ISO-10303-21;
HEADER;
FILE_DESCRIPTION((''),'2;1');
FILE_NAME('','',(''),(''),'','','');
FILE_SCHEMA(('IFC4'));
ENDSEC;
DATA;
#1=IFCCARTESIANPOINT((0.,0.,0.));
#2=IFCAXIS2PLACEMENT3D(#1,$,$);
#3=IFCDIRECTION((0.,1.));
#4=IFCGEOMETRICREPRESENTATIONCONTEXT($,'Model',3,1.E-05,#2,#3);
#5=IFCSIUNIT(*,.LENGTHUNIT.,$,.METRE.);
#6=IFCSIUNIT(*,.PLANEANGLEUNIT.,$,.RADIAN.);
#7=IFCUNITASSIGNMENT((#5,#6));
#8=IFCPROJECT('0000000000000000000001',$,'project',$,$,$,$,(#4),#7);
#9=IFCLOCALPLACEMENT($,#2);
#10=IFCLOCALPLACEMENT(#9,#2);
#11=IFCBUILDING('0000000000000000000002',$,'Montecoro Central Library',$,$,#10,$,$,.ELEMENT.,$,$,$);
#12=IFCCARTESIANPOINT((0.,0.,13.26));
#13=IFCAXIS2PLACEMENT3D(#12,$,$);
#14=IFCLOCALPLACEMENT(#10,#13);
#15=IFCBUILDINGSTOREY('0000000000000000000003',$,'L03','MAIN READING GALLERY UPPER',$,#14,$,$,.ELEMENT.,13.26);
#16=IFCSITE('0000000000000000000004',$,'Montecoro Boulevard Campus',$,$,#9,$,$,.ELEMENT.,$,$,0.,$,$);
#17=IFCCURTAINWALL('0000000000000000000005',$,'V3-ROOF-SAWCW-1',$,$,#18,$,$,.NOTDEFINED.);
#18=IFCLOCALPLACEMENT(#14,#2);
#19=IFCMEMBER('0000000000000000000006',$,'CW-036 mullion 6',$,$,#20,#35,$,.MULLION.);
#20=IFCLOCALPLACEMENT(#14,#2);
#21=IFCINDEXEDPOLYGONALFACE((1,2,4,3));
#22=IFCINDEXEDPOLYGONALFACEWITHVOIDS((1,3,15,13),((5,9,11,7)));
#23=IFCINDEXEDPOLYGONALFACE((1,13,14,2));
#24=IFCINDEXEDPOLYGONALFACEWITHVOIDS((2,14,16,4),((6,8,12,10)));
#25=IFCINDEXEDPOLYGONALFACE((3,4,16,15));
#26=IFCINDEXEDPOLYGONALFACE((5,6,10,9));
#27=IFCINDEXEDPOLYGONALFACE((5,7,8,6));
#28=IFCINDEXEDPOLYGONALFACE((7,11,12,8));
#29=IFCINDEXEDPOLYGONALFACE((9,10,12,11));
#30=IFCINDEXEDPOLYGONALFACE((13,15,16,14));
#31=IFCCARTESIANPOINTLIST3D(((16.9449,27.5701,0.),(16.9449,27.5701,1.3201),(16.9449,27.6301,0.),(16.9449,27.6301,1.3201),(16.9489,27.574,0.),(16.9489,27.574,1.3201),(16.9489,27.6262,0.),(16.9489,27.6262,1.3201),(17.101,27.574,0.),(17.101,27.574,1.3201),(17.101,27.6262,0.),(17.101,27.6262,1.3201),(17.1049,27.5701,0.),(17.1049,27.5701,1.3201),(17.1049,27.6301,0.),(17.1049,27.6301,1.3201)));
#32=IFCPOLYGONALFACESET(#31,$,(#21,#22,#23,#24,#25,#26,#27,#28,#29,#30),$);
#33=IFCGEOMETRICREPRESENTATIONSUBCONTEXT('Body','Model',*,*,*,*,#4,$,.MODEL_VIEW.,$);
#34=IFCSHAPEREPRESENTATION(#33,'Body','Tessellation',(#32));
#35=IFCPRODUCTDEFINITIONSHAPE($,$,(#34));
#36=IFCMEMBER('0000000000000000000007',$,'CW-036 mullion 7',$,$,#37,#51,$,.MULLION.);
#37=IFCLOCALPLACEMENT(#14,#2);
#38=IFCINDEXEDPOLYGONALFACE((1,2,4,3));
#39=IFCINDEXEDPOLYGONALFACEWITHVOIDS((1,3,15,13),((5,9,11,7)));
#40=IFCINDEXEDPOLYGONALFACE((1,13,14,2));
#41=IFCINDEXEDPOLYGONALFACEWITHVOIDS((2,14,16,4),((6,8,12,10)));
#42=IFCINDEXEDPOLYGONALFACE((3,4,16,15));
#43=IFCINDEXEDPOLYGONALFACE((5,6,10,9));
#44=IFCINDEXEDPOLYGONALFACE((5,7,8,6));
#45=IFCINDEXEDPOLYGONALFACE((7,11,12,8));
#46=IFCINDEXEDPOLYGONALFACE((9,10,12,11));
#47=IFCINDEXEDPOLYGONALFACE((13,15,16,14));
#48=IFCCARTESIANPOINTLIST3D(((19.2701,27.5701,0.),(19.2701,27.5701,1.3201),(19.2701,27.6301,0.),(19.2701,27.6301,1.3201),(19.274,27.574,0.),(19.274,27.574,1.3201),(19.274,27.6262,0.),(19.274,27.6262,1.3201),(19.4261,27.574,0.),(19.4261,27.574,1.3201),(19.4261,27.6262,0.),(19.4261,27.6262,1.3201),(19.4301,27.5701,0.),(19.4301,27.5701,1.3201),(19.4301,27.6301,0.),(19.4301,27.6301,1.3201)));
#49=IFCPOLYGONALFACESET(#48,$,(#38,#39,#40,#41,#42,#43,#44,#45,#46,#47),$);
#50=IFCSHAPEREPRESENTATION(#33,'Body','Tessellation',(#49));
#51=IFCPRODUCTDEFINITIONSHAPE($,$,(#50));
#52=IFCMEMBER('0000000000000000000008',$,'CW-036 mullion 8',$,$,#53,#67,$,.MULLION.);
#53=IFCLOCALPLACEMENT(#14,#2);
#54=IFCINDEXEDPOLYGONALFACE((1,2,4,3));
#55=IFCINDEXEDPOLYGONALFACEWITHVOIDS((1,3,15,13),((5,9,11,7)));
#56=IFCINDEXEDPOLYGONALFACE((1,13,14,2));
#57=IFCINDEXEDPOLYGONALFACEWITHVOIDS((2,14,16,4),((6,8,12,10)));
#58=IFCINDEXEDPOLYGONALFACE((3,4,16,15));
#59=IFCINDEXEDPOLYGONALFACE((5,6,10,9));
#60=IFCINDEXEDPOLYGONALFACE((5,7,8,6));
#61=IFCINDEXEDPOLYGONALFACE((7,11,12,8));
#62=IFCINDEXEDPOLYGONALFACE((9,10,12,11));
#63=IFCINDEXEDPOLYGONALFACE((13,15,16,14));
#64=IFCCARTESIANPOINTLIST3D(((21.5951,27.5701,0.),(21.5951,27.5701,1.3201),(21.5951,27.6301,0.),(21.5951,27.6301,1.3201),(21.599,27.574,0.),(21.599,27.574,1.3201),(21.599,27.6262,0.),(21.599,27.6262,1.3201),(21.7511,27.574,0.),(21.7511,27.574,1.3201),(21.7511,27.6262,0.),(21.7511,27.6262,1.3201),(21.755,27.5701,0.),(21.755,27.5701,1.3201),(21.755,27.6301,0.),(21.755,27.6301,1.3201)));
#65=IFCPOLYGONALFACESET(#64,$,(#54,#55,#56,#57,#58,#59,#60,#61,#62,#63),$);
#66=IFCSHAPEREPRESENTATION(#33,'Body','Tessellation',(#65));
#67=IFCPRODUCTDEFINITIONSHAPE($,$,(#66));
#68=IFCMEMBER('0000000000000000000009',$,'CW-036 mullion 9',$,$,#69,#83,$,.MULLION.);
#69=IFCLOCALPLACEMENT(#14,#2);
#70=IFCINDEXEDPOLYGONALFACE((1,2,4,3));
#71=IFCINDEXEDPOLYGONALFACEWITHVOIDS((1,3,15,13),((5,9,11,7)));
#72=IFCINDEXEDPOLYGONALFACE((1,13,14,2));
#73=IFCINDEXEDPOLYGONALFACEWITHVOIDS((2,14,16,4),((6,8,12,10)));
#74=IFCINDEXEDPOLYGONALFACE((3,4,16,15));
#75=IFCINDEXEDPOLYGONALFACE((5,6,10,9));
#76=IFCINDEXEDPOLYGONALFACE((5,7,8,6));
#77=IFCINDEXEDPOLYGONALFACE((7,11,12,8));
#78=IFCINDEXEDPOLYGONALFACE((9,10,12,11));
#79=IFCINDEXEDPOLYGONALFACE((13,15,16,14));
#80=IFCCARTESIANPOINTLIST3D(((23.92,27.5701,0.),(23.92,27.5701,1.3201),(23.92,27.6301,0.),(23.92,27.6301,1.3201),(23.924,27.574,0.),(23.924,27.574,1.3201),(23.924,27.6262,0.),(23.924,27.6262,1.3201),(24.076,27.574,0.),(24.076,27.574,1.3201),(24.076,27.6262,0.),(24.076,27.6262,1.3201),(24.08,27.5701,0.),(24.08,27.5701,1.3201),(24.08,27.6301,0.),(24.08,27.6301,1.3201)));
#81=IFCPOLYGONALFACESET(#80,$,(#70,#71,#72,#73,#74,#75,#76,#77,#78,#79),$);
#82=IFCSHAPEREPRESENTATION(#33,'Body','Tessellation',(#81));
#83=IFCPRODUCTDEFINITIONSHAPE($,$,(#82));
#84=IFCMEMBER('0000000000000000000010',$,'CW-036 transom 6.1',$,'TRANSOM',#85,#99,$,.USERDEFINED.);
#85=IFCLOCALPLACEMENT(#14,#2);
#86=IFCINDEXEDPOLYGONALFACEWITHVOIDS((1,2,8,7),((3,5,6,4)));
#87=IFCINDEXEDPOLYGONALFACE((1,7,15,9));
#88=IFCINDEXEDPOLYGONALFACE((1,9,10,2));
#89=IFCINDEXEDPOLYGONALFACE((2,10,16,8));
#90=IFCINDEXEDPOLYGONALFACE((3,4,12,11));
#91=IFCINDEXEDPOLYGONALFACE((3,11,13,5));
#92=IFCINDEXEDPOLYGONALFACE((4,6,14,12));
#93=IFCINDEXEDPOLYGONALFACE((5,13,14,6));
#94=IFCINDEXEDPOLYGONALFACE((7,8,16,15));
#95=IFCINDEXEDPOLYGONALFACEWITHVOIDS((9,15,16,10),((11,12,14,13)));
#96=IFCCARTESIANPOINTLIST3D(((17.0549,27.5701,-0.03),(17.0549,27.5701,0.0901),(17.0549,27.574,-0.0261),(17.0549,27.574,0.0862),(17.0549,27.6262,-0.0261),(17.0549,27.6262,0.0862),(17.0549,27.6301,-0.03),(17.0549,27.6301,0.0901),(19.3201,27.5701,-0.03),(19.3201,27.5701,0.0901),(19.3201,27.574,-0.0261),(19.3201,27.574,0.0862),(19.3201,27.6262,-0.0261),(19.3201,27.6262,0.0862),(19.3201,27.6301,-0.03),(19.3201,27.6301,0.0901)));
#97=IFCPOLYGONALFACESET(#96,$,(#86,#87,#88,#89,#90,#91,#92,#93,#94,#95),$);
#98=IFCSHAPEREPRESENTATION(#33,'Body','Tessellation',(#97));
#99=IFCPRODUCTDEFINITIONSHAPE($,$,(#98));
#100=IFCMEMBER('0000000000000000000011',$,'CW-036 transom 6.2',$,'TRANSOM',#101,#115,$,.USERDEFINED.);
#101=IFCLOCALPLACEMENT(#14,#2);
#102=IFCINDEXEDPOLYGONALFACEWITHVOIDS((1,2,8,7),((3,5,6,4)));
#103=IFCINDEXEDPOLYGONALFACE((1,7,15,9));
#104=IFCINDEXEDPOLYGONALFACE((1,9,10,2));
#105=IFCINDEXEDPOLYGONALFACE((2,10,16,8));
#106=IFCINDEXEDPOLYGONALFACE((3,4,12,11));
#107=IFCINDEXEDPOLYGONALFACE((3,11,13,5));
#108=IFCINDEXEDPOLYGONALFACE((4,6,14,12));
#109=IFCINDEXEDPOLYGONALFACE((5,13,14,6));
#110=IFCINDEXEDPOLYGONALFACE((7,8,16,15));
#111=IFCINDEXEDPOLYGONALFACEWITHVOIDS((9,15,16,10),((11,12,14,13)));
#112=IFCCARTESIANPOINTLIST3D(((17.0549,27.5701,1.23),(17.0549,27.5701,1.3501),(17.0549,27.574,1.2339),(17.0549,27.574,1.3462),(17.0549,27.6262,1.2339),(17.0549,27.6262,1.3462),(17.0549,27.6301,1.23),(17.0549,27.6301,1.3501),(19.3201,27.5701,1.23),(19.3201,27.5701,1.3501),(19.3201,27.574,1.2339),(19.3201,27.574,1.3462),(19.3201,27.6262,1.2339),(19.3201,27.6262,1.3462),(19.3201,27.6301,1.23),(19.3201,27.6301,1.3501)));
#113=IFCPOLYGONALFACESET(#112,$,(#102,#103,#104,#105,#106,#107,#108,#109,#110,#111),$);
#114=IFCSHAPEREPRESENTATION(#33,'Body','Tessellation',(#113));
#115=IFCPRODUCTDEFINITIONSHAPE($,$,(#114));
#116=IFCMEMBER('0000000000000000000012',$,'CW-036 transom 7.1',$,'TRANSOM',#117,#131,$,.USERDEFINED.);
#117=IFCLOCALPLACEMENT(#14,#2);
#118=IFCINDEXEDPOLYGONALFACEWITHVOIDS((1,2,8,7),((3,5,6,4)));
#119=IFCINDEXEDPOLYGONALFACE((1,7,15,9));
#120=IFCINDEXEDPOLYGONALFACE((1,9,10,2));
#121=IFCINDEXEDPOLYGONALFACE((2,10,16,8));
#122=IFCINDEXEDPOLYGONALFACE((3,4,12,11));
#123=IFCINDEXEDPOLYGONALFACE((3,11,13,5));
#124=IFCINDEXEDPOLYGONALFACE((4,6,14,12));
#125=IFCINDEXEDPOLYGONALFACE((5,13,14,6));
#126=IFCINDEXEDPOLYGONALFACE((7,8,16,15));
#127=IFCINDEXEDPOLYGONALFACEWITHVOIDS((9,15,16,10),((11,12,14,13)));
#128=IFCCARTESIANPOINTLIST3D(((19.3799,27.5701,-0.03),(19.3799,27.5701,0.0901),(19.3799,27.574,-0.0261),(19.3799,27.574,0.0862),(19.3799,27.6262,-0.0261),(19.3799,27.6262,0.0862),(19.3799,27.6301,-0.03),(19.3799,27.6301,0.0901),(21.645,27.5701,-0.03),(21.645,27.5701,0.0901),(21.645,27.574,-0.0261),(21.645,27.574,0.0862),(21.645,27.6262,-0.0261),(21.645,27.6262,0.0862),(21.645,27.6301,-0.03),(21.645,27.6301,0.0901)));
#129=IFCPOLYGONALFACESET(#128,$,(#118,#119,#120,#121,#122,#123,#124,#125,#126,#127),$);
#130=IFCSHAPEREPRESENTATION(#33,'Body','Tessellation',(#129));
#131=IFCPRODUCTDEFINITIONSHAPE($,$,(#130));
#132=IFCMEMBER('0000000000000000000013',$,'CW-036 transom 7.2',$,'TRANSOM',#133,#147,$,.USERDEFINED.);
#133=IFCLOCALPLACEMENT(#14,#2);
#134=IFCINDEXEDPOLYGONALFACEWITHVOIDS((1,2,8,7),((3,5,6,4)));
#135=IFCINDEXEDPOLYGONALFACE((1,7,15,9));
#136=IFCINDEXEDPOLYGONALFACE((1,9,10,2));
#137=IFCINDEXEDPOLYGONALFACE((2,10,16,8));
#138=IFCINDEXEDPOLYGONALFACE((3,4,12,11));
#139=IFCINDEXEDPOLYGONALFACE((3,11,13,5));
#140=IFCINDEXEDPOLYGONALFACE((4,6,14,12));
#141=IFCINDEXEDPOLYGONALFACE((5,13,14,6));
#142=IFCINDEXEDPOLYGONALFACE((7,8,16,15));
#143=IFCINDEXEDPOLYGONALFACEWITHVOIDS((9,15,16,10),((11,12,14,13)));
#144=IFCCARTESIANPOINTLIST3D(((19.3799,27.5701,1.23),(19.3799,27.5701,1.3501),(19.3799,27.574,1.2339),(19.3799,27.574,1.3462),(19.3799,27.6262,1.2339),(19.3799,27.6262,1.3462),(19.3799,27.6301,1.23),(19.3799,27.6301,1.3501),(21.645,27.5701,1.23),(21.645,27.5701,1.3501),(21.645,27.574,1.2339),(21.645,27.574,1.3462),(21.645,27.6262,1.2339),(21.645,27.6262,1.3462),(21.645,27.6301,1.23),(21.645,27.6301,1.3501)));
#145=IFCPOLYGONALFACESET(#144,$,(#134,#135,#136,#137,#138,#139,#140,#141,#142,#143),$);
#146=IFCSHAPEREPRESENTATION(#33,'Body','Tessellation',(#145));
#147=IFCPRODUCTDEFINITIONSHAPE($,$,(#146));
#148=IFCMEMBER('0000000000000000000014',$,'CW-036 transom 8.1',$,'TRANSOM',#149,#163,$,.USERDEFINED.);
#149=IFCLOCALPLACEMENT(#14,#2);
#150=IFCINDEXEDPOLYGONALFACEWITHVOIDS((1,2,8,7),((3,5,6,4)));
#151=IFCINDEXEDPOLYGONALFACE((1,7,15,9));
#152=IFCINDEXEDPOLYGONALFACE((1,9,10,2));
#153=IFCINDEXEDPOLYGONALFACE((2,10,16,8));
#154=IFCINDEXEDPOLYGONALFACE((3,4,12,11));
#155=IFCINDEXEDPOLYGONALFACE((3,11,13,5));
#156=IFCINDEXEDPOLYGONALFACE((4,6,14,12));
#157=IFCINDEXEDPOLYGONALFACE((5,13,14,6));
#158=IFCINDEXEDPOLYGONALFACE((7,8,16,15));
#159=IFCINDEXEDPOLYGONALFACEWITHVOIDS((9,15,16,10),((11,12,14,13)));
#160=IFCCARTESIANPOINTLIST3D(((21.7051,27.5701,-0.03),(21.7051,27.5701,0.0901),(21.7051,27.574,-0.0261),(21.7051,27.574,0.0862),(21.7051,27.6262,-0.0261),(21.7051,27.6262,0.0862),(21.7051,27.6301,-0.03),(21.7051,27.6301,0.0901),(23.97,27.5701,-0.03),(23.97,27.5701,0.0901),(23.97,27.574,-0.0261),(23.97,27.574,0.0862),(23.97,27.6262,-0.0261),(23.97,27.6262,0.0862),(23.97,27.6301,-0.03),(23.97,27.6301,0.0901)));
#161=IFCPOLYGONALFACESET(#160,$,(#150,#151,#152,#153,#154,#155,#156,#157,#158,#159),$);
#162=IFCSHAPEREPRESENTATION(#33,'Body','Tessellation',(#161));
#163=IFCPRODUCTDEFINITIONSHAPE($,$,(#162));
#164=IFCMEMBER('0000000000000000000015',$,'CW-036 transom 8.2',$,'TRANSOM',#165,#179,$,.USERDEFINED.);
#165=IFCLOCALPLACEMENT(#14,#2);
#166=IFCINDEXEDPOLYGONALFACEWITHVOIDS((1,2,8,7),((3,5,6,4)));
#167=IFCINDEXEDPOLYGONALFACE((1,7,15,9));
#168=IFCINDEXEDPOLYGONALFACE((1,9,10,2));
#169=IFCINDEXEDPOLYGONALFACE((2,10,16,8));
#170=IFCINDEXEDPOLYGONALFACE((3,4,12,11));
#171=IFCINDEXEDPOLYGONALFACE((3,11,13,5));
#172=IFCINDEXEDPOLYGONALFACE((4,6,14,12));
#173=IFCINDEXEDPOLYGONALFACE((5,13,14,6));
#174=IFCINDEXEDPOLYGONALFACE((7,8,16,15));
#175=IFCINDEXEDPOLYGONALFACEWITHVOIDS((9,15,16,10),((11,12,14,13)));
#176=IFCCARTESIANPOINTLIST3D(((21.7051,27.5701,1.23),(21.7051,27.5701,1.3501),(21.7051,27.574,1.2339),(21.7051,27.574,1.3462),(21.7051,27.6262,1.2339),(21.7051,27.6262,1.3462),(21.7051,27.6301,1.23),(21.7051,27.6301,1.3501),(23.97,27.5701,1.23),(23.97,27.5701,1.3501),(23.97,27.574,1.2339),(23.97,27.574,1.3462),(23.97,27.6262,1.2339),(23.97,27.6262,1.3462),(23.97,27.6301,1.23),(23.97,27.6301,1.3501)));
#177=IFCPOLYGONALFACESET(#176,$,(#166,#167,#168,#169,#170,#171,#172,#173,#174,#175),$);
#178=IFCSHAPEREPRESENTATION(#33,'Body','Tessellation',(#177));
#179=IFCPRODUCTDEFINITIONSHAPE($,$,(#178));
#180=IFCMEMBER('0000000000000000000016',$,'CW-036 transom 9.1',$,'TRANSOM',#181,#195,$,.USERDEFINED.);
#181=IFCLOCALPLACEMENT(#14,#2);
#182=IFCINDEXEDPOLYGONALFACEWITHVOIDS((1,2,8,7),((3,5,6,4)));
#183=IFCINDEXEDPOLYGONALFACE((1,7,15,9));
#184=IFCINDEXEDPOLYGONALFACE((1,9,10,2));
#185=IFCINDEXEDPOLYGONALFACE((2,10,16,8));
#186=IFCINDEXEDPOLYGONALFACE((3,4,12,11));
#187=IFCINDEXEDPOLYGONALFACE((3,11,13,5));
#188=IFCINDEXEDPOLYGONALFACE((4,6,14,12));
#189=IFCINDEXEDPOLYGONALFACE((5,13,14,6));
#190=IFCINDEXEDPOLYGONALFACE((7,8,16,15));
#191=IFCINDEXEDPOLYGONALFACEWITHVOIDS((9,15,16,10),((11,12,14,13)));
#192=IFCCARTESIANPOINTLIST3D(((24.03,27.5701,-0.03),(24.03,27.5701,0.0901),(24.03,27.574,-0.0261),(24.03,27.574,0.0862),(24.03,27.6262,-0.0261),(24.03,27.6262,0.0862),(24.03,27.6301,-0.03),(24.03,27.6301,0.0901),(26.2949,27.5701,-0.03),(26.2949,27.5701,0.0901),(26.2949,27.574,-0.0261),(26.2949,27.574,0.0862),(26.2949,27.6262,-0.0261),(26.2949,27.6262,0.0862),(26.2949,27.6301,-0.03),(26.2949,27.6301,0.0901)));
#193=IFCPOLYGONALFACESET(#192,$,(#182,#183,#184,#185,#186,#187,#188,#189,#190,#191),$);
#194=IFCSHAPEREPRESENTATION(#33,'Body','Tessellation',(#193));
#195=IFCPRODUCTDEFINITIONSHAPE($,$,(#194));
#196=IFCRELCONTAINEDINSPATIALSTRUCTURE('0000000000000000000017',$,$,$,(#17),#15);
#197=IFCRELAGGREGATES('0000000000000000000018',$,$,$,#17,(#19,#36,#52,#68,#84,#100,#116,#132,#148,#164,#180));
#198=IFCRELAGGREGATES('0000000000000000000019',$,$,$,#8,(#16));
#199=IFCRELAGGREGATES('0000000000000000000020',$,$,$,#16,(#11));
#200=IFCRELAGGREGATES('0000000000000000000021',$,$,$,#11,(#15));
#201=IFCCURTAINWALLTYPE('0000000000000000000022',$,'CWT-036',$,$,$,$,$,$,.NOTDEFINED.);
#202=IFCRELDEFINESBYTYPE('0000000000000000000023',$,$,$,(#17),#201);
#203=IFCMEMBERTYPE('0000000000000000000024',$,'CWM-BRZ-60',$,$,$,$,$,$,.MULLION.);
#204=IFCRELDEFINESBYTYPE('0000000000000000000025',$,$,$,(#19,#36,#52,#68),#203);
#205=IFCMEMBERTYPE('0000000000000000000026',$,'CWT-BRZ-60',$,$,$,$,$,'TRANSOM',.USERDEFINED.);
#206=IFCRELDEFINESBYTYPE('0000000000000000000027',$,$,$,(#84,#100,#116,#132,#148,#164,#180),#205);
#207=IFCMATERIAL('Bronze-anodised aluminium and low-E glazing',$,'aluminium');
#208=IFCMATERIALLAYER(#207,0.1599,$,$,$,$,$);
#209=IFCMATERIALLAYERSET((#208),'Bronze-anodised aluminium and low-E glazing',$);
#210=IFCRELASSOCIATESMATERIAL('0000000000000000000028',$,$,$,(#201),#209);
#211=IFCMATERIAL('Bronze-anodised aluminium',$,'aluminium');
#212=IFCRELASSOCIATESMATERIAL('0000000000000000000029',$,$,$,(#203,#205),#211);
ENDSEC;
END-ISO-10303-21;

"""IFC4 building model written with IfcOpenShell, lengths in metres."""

from ifc_helpers import new_model, si_unit, direction, frame, origin, origin_2d, place, context, subcontext, project, spatial, hollow_rectangle, extrude, material, layer, layer_set, material_profile, profile_set, type_object, element, aggregate, save


model = new_model("IFC4")

# Units and contexts
model_context = context("Model", 3, precision=1e-05, world=origin(), true_north=direction((0.0, 1.0)))
body_context = subcontext(model_context, "Body", "Model", "MODEL_VIEW")
ifc_project = project(units=[si_unit("LENGTHUNIT", "METRE"), si_unit("PLANEANGLEUNIT", "RADIAN")], contexts=[model_context])

# Site, building, storey
site_placement = place(None, origin())
site = spatial("IfcSite", under=ifc_project, at=site_placement, Name="Montecoro Boulevard Campus", CompositionType="ELEMENT", RefElevation=0.0)
building_placement = place(site_placement, origin())
building = spatial("IfcBuilding", under=site, at=building_placement, Name="Montecoro Central Library", CompositionType="ELEMENT")
storey_placement = place(building_placement, frame((0.0, 0.0, 13.26)))
storey = spatial("IfcBuildingStorey", under=building, at=storey_placement, Name="L03", Description="MAIN READING GALLERY UPPER", CompositionType="ELEMENT", Elevation=13.26)

# Curtain wall, members
ifc_material_1 = material(Name="Bronze-anodised aluminium and low-E glazing", Category="aluminium")
ifc_layer_1 = layer(ifc_material_1, 0.1599)
ifc_layer_set_1 = layer_set([ifc_layer_1], Name="Bronze-anodised aluminium and low-E glazing")
curtain_wall_type = type_object("IfcCurtainWallType", Name="CWT-036", PredefinedType="NOTDEFINED", material=ifc_layer_set_1)
curtain_wall_placement = place(storey_placement, origin())
curtain_wall = element("IfcCurtainWall", 1, at=curtain_wall_placement, inside=storey, type_object=curtain_wall_type, Name="V3-ROOF-SAWCW-1", PredefinedType="NOTDEFINED")
ifc_material_2 = material(Name="Bronze-anodised aluminium", Category="aluminium")
ifc_material_profile_1 = material_profile(ifc_material_2, hollow_rectangle(XDim=0.0601, YDim=0.1599, WallThickness=0.0039, at=origin_2d()), Name="CWM 160x60x4.0")
ifc_profile_set_1 = profile_set([ifc_material_profile_1], Name="Bronze-anodised aluminium")
member_type_1 = type_object("IfcMemberType", Name="CWM-BRZ-60", PredefinedType="MULLION", material=ifc_profile_set_1)
member_1_placement = place(storey_placement, frame((17.0249, 27.6001, 0.0), z_axis=(0.0, 0.0, 1.0), x_axis=(0.0, 1.0, 0.0)))
member_1 = element("IfcMember", 2, at=member_1_placement, type_object=member_type_1, Name="CW-036 mullion 6", PredefinedType="MULLION", context=body_context, shape_type="SweptSolid", body=[
    extrude(hollow_rectangle(XDim=0.0601, YDim=0.1599, WallThickness=0.0039, at=origin_2d()), origin(), (0.0, 0.0, 1.0), 1.3201),
])
member_2_placement = place(storey_placement, frame((19.3501, 27.6001, 0.0), z_axis=(0.0, 0.0, 1.0), x_axis=(0.0, 1.0, 0.0)))
member_2 = element("IfcMember", 3, at=member_2_placement, type_object=member_type_1, Name="CW-036 mullion 7", PredefinedType="MULLION", context=body_context, shape_type="SweptSolid", body=[
    extrude(hollow_rectangle(XDim=0.0601, YDim=0.1599, WallThickness=0.0039, at=origin_2d()), origin(), (0.0, 0.0, 1.0), 1.3201),
])
member_3_placement = place(storey_placement, frame((21.675, 27.6001, 0.0), z_axis=(0.0, 0.0, 1.0), x_axis=(0.0, 1.0, 0.0)))
member_3 = element("IfcMember", 4, at=member_3_placement, type_object=member_type_1, Name="CW-036 mullion 8", PredefinedType="MULLION", context=body_context, shape_type="SweptSolid", body=[
    extrude(hollow_rectangle(XDim=0.0601, YDim=0.1599, WallThickness=0.0039, at=origin_2d()), origin(), (0.0, 0.0, 1.0), 1.3201),
])
member_4_placement = place(storey_placement, frame((24.0, 27.6001, 0.0), z_axis=(0.0, 0.0, 1.0), x_axis=(0.0, 1.0, 0.0)))
member_4 = element("IfcMember", 5, at=member_4_placement, type_object=member_type_1, Name="CW-036 mullion 9", PredefinedType="MULLION", context=body_context, shape_type="SweptSolid", body=[
    extrude(hollow_rectangle(XDim=0.0601, YDim=0.1599, WallThickness=0.0039, at=origin_2d()), origin(), (0.0, 0.0, 1.0), 1.3201),
])
ifc_material_profile_2 = material_profile(ifc_material_2, hollow_rectangle(XDim=0.0601, YDim=0.1201, WallThickness=0.0039, at=origin_2d()), Name="CWT 120x60x4.0")
ifc_profile_set_2 = profile_set([ifc_material_profile_2], Name="Bronze-anodised aluminium")
member_type_2 = type_object("IfcMemberType", Name="CWT-BRZ-60", ElementType="TRANSOM", PredefinedType="USERDEFINED", material=ifc_profile_set_2)
member_5_placement = place(storey_placement, frame((17.0549, 27.6001, 0.03), z_axis=(1.0, 0.0, 0.0), x_axis=(0.0, 1.0, 0.0)))
member_5 = element("IfcMember", 6, at=member_5_placement, type_object=member_type_2, Name="CW-036 transom 6.1", ObjectType="TRANSOM", PredefinedType="USERDEFINED", context=body_context, shape_type="SweptSolid", body=[
    extrude(hollow_rectangle(XDim=0.0601, YDim=0.1201, WallThickness=0.0039, at=origin_2d()), origin(), (0.0, 0.0, 1.0), 2.2651),
])
member_6_placement = place(storey_placement, frame((17.0549, 27.6001, 1.29), z_axis=(1.0, 0.0, 0.0), x_axis=(0.0, 1.0, 0.0)))
member_6 = element("IfcMember", 7, at=member_6_placement, type_object=member_type_2, Name="CW-036 transom 6.2", ObjectType="TRANSOM", PredefinedType="USERDEFINED", context=body_context, shape_type="SweptSolid", body=[
    extrude(hollow_rectangle(XDim=0.0601, YDim=0.1201, WallThickness=0.0039, at=origin_2d()), origin(), (0.0, 0.0, 1.0), 2.2651),
])
member_7_placement = place(storey_placement, frame((19.3799, 27.6001, 0.03), z_axis=(1.0, 0.0, 0.0), x_axis=(0.0, 1.0, 0.0)))
member_7 = element("IfcMember", 8, at=member_7_placement, type_object=member_type_2, Name="CW-036 transom 7.1", ObjectType="TRANSOM", PredefinedType="USERDEFINED", context=body_context, shape_type="SweptSolid", body=[
    extrude(hollow_rectangle(XDim=0.0601, YDim=0.1201, WallThickness=0.0039, at=origin_2d()), origin(), (0.0, 0.0, 1.0), 2.2651),
])
member_8_placement = place(storey_placement, frame((19.3799, 27.6001, 1.29), z_axis=(1.0, 0.0, 0.0), x_axis=(0.0, 1.0, 0.0)))
member_8 = element("IfcMember", 9, at=member_8_placement, type_object=member_type_2, Name="CW-036 transom 7.2", ObjectType="TRANSOM", PredefinedType="USERDEFINED", context=body_context, shape_type="SweptSolid", body=[
    extrude(hollow_rectangle(XDim=0.0601, YDim=0.1201, WallThickness=0.0039, at=origin_2d()), origin(), (0.0, 0.0, 1.0), 2.2651),
])
member_9_placement = place(storey_placement, frame((21.7051, 27.6001, 0.03), z_axis=(1.0, 0.0, 0.0), x_axis=(0.0, 1.0, 0.0)))
member_9 = element("IfcMember", 10, at=member_9_placement, type_object=member_type_2, Name="CW-036 transom 8.1", ObjectType="TRANSOM", PredefinedType="USERDEFINED", context=body_context, shape_type="SweptSolid", body=[
    extrude(hollow_rectangle(XDim=0.0601, YDim=0.1201, WallThickness=0.0039, at=origin_2d()), origin(), (0.0, 0.0, 1.0), 2.2649),
])
member_10_placement = place(storey_placement, frame((21.7051, 27.6001, 1.29), z_axis=(1.0, 0.0, 0.0), x_axis=(0.0, 1.0, 0.0)))
member_10 = element("IfcMember", 11, at=member_10_placement, type_object=member_type_2, Name="CW-036 transom 8.2", ObjectType="TRANSOM", PredefinedType="USERDEFINED", context=body_context, shape_type="SweptSolid", body=[
    extrude(hollow_rectangle(XDim=0.0601, YDim=0.1201, WallThickness=0.0039, at=origin_2d()), origin(), (0.0, 0.0, 1.0), 2.2649),
])
member_11_placement = place(storey_placement, frame((24.03, 27.6001, 0.03), z_axis=(1.0, 0.0, 0.0), x_axis=(0.0, 1.0, 0.0)))
member_11 = element("IfcMember", 12, at=member_11_placement, type_object=member_type_2, Name="CW-036 transom 9.1", ObjectType="TRANSOM", PredefinedType="USERDEFINED", context=body_context, shape_type="SweptSolid", body=[
    extrude(hollow_rectangle(XDim=0.0601, YDim=0.1201, WallThickness=0.0039, at=origin_2d()), origin(), (0.0, 0.0, 1.0), 2.2649),
])

aggregate(curtain_wall, [member_1, member_2, member_3, member_4, member_5, member_6, member_7, member_8, member_9, member_10, member_11])

save(model, "model.ifc")
